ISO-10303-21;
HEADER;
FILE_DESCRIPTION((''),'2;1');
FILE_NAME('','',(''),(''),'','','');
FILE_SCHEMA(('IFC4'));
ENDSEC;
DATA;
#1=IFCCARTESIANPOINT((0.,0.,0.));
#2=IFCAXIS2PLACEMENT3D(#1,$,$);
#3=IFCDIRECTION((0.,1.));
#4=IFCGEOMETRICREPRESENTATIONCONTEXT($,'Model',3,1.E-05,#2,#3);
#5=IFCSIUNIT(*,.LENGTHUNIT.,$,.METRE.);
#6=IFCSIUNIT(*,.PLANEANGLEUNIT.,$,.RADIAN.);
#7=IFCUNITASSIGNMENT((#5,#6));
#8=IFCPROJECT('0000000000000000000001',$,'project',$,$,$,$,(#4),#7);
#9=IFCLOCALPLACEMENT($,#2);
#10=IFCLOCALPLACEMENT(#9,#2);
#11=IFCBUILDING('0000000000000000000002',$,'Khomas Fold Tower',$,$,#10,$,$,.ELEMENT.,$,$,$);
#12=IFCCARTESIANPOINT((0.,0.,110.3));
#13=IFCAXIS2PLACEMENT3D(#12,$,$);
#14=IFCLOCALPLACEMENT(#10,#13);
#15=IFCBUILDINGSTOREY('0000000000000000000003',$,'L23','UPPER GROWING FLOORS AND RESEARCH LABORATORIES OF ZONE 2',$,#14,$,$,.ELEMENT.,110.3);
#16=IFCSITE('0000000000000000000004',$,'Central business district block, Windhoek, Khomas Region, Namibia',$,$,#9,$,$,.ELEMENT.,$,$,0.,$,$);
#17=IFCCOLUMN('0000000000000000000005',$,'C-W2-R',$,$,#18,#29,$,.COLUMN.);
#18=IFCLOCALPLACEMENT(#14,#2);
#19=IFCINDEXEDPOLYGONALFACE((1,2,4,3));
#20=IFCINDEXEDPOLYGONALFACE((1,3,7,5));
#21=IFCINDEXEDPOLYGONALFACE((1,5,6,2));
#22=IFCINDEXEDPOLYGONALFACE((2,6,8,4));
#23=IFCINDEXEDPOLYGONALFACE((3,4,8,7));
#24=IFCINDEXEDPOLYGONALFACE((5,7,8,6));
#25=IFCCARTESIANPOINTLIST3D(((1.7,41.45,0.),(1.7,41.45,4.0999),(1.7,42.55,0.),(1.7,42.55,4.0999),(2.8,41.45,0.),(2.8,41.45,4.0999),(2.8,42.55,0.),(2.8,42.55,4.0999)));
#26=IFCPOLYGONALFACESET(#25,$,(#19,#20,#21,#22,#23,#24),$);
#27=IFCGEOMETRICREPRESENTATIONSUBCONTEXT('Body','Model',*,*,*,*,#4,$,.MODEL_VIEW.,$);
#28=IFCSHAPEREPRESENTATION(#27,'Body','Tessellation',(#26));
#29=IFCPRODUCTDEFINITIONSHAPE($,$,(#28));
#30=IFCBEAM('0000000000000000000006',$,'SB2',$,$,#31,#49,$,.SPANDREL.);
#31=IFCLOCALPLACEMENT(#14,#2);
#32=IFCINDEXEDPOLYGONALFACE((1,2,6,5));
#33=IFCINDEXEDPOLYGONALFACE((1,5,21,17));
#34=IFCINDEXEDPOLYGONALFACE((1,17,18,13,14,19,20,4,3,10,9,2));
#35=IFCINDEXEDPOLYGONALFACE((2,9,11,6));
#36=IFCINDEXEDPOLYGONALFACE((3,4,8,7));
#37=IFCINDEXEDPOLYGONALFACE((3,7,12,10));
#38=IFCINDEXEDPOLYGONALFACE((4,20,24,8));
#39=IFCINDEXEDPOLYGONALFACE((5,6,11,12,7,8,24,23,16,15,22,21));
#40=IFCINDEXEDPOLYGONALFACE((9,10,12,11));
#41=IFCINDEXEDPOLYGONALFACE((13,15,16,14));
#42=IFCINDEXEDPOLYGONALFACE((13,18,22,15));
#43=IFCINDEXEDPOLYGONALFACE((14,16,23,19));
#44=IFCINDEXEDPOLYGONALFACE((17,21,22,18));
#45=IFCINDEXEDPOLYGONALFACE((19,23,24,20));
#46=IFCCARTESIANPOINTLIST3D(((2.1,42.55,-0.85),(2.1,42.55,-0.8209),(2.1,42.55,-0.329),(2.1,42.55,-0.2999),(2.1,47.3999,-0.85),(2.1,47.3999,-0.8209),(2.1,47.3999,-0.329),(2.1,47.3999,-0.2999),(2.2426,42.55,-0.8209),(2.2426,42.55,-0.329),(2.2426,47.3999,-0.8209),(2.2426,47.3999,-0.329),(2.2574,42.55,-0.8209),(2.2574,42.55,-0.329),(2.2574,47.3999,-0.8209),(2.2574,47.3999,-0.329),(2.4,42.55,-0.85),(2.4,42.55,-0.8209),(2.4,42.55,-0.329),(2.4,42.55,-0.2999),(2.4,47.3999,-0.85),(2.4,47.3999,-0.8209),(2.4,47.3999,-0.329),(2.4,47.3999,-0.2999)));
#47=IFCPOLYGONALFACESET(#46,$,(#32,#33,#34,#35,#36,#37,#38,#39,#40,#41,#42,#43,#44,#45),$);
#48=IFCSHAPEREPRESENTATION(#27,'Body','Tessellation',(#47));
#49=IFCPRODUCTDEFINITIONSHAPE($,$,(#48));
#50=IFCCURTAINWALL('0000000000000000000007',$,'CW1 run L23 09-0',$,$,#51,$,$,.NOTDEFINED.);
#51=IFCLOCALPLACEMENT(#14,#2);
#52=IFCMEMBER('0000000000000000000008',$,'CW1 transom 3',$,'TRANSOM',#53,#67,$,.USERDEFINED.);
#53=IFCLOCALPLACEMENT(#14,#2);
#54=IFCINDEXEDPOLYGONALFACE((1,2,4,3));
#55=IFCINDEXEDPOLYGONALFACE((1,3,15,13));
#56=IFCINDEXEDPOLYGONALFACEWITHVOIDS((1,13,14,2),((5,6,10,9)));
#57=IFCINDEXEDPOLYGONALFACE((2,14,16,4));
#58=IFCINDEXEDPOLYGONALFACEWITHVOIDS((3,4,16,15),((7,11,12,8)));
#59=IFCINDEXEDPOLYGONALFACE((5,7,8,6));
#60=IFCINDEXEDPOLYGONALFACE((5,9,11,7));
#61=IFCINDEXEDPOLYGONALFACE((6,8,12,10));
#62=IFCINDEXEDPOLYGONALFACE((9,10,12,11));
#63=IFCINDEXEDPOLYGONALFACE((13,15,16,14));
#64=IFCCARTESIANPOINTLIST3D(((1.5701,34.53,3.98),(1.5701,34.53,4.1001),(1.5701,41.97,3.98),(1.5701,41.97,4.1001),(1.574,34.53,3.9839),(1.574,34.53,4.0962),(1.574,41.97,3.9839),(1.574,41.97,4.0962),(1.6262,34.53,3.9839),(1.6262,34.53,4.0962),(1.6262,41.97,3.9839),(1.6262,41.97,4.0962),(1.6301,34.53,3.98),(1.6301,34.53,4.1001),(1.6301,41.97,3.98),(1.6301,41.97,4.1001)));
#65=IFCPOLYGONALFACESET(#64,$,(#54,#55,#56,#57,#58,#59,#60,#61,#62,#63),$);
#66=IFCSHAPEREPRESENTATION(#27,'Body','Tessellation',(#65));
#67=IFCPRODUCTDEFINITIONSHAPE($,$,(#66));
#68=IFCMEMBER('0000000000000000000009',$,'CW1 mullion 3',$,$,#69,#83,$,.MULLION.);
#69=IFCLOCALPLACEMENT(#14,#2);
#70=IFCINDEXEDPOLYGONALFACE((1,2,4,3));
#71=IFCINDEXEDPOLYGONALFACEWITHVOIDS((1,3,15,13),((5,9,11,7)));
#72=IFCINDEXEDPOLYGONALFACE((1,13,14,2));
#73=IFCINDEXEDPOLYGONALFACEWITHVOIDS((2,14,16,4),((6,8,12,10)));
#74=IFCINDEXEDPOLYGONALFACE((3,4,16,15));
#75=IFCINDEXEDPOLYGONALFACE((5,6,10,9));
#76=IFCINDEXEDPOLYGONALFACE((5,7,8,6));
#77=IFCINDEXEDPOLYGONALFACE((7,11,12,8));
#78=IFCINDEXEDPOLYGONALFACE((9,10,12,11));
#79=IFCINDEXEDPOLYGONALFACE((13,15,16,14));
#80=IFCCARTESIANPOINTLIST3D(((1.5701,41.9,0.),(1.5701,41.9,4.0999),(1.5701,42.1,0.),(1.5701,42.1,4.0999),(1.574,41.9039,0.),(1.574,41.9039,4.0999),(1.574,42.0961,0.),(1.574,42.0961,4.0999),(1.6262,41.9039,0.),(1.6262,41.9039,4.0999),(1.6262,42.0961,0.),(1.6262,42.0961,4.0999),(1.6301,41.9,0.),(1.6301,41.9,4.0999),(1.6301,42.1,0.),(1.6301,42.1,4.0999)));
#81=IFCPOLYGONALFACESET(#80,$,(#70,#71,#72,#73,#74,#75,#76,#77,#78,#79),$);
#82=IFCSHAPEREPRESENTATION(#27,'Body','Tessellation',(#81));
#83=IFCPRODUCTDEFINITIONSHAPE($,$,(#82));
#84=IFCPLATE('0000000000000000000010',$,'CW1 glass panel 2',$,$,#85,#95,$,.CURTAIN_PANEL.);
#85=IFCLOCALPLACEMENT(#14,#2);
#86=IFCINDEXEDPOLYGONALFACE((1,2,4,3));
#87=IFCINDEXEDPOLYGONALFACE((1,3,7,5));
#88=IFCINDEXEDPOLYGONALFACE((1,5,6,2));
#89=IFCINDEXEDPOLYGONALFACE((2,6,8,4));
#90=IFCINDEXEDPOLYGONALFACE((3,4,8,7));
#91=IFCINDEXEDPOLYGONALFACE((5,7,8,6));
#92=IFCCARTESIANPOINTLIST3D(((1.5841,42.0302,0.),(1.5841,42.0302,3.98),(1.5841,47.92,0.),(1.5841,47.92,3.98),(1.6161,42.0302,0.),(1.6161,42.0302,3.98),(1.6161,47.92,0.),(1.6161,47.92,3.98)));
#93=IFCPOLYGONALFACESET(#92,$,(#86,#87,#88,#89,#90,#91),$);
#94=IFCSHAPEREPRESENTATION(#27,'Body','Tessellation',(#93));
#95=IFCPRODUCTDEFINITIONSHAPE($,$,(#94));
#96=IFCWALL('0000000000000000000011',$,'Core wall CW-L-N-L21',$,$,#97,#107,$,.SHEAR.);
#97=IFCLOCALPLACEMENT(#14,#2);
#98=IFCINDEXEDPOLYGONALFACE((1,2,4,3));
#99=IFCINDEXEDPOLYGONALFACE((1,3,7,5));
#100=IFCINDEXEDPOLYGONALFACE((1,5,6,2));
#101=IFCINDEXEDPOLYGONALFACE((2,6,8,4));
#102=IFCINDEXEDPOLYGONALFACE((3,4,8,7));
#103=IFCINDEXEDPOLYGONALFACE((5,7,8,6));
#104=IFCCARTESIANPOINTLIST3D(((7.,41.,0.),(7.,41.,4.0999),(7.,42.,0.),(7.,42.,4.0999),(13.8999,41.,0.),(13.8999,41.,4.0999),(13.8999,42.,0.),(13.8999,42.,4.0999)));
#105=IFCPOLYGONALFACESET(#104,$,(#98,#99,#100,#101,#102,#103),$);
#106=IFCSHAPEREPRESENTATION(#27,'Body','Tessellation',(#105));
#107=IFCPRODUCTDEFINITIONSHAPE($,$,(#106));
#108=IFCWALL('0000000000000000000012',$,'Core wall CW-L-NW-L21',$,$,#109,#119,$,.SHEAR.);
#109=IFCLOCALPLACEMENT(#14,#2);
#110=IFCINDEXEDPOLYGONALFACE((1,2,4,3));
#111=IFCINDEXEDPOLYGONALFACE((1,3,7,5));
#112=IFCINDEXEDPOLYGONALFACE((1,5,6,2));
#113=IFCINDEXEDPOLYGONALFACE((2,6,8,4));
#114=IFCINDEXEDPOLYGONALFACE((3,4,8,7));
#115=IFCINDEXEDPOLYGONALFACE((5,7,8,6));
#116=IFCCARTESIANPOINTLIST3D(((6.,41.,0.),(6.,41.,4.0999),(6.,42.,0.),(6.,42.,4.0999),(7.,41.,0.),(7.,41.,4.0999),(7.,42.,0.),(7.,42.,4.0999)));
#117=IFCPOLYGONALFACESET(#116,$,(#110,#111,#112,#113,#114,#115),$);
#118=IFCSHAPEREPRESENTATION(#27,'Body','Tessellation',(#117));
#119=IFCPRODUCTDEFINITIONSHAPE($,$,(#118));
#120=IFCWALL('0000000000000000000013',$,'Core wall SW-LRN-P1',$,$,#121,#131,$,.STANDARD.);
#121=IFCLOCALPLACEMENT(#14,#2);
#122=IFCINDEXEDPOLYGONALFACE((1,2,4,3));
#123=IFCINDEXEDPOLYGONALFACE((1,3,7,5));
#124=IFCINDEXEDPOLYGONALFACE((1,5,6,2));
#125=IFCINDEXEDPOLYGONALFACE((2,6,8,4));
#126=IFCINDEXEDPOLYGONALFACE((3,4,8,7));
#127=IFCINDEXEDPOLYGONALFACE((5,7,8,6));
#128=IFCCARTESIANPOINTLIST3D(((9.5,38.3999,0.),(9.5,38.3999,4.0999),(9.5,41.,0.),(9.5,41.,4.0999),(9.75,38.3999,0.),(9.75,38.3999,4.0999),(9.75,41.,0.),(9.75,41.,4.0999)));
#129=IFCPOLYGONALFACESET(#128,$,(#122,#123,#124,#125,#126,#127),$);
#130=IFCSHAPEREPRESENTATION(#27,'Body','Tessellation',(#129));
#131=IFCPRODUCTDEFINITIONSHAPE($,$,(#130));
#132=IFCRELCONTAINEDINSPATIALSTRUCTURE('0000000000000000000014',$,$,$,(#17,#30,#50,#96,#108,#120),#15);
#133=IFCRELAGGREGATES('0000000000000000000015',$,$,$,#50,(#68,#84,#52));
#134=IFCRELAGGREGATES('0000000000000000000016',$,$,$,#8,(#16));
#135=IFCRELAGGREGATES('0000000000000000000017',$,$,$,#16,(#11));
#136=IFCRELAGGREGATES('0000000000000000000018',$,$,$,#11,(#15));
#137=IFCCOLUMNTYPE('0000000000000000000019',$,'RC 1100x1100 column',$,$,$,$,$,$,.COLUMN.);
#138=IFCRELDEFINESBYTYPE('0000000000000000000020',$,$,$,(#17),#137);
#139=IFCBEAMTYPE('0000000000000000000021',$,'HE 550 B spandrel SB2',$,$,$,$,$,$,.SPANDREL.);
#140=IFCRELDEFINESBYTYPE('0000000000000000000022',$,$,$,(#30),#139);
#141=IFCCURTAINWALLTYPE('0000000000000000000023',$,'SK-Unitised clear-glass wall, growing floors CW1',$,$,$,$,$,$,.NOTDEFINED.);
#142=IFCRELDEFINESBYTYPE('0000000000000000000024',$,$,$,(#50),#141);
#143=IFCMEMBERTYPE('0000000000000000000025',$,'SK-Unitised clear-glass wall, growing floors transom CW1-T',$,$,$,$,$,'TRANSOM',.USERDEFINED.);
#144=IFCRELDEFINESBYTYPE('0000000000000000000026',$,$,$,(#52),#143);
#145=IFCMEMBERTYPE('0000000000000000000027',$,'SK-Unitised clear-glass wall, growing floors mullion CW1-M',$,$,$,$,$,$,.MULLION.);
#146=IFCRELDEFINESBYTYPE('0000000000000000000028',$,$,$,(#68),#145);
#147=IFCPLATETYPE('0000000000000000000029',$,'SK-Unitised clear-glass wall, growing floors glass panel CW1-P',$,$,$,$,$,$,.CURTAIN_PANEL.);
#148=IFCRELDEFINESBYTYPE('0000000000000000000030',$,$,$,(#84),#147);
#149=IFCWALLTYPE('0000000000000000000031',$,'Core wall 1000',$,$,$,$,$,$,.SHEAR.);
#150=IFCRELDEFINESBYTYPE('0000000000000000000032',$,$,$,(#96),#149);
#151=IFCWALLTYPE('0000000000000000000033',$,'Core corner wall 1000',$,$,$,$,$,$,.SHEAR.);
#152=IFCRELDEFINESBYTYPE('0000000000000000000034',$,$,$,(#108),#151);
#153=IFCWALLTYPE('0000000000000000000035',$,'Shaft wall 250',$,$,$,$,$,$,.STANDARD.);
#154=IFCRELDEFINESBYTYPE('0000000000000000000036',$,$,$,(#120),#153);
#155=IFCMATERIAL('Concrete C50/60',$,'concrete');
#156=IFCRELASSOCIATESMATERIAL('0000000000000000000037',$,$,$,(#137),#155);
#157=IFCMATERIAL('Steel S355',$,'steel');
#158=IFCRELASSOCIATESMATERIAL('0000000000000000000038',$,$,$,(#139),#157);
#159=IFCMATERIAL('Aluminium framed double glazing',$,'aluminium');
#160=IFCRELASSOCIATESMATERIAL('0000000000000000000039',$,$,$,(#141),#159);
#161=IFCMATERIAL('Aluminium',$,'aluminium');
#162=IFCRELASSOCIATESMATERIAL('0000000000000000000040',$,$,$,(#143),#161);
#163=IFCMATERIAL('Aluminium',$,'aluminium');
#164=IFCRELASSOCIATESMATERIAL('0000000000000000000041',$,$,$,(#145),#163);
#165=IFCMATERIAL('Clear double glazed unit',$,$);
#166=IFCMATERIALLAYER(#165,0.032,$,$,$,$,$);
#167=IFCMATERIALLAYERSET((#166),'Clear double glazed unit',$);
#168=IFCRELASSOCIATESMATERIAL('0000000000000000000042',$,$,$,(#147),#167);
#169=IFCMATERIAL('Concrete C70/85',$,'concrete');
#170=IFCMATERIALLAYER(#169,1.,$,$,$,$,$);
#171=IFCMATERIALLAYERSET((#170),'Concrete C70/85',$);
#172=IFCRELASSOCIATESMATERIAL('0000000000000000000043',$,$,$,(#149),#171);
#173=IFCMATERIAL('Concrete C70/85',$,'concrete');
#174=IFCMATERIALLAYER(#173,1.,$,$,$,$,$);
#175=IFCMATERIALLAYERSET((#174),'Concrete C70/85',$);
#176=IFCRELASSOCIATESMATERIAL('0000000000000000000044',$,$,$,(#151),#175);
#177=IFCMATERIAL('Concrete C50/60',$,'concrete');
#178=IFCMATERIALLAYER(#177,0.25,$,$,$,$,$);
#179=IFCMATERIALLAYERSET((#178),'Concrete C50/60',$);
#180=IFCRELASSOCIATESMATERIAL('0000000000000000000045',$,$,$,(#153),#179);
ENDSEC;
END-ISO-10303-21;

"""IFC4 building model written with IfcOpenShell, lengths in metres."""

from ifc_helpers import new_model, si_unit, direction, frame, frame_2d, origin, origin_2d, place, context, subcontext, project, spatial, rectangle, hollow_rectangle, i_section, extrude, source, transform, mapped, material, layer, layer_set, material_profile, profile_set, type_object, element, aggregate, save


model = new_model("IFC4")

# Units and contexts
model_context = context("Model", 3, precision=1e-05, world=origin(), true_north=direction((0.0, 1.0)))
body_context = subcontext(model_context, "Body", "Model", "MODEL_VIEW")
ifc_project = project(units=[si_unit("LENGTHUNIT", "METRE"), si_unit("PLANEANGLEUNIT", "RADIAN")], contexts=[model_context])

# Site, building, storey
site_placement = place(None, origin())
site = spatial("IfcSite", under=ifc_project, at=site_placement, Name="Central business district block, Windhoek, Khomas Region, Namibia", CompositionType="ELEMENT", RefElevation=0.0)
building_placement = place(site_placement, origin())
building = spatial("IfcBuilding", under=site, at=building_placement, Name="Khomas Fold Tower", CompositionType="ELEMENT")
storey_placement = place(building_placement, frame((0.0, 0.0, 110.3)))
storey = spatial("IfcBuildingStorey", under=building, at=storey_placement, Name="L23", Description="UPPER GROWING FLOORS AND RESEARCH LABORATORIES OF ZONE 2", CompositionType="ELEMENT", Elevation=110.3)

# Column
ifc_material_1 = material(Name="Concrete C50/60", Category="concrete")
ifc_material_profile_1 = material_profile(ifc_material_1, rectangle(XDim=1.1001, YDim=1.1001, at=origin_2d()), Name="RC 1100x1100")
ifc_profile_set_1 = profile_set([ifc_material_profile_1], Name="Concrete C50/60")
column_type = type_object("IfcColumnType", Name="RC 1100x1100 column", PredefinedType="COLUMN", material=ifc_profile_set_1)
shared_shape_1 = source(origin(), body_context, "Body", "SweptSolid", [
    extrude(rectangle(XDim=1.1001, YDim=1.1001, at=origin_2d()), origin(), (0.0, 0.0, 1.0), 4.0999),
])
column_placement = place(storey_placement, frame((2.25, 42.0, 0.0), z_axis=(0.0, 0.0, 1.0), x_axis=(1.0, 0.0, 0.0)))
element("IfcColumn", 1, at=column_placement, inside=storey, type_object=column_type, Name="C-W2-R", PredefinedType="COLUMN", context=body_context, shape_type="MappedRepresentation", body=[
    mapped(shared_shape_1, transform((0.0, 0.0, 0.0))),
])

# Beam
ifc_material_2 = material(Name="Steel S355", Category="steel")
ifc_material_profile_2 = material_profile(ifc_material_2, i_section(OverallWidth=0.3, OverallDepth=0.55, WebThickness=0.0149, FlangeThickness=0.0291, at=origin_2d()), Name="HE 550 B")
ifc_profile_set_2 = profile_set([ifc_material_profile_2], Name="Steel S355")
beam_type = type_object("IfcBeamType", Name="HE 550 B spandrel SB2", PredefinedType="SPANDREL", material=ifc_profile_set_2)
shared_shape_2 = source(origin(), body_context, "Body", "SweptSolid", [
    extrude(i_section(OverallWidth=0.3, OverallDepth=0.55, WebThickness=0.0149, FlangeThickness=0.0291, at=origin_2d()), origin(), (0.0, 0.0, 1.0), 4.8499),
])
beam_placement = place(storey_placement, frame((2.25, 42.55, -0.575), z_axis=(0.0, 1.0, 0.0), x_axis=(-1.0, 0.0, 0.0)))
element("IfcBeam", 2, at=beam_placement, inside=storey, type_object=beam_type, Name="SB2", PredefinedType="SPANDREL", context=body_context, shape_type="MappedRepresentation", body=[
    mapped(shared_shape_2, transform((0.0, 0.0, 0.0))),
])

# Curtain wall, members, plate
ifc_material_3 = material(Name="Aluminium framed double glazing", Category="aluminium")
curtain_wall_type = type_object("IfcCurtainWallType", Name="SK-Unitised clear-glass wall, growing floors CW1", PredefinedType="NOTDEFINED", material=ifc_material_3)
curtain_wall_placement = place(storey_placement, origin())
curtain_wall = element("IfcCurtainWall", 3, at=curtain_wall_placement, inside=storey, type_object=curtain_wall_type, Name="CW1 run L23 09-0", PredefinedType="NOTDEFINED")
ifc_material_4 = material(Name="Aluminium", Category="aluminium")
ifc_material_profile_3 = material_profile(ifc_material_4, hollow_rectangle(XDim=0.0601, YDim=0.1201, WallThickness=0.0039, at=origin_2d()), Name="SK-Unitised clear-glass wall, growing floors transom CW1-T")
ifc_profile_set_3 = profile_set([ifc_material_profile_3], Name="Aluminium")
member_type_1 = type_object("IfcMemberType", Name="SK-Unitised clear-glass wall, growing floors transom CW1-T", ElementType="TRANSOM", PredefinedType="USERDEFINED", material=ifc_profile_set_3)
shared_shape_3 = source(origin(), body_context, "Body", "SweptSolid", [
    extrude(hollow_rectangle(XDim=0.0601, YDim=0.1201, WallThickness=0.0039, at=origin_2d()), origin(), (0.0, 0.0, 1.0), 7.4399),
])
member_1_placement = place(storey_placement, frame((1.6001, 41.97, 4.04), z_axis=(0.0, -1.0, 0.0), x_axis=(1.0, 0.0, 0.0)))
member_1 = element("IfcMember", 4, at=member_1_placement, type_object=member_type_1, Name="CW1 transom 3", ObjectType="TRANSOM", PredefinedType="USERDEFINED", context=body_context, shape_type="MappedRepresentation", body=[
    mapped(shared_shape_3, transform((0.0, 0.0, 0.0))),
])
ifc_material_5 = material(Name="Aluminium", Category="aluminium")
ifc_material_profile_4 = material_profile(ifc_material_5, hollow_rectangle(XDim=0.0601, YDim=0.2, WallThickness=0.0039, at=origin_2d()), Name="SK-Unitised clear-glass wall, growing floors mullion CW1-M")
ifc_profile_set_4 = profile_set([ifc_material_profile_4], Name="Aluminium")
member_type_2 = type_object("IfcMemberType", Name="SK-Unitised clear-glass wall, growing floors mullion CW1-M", PredefinedType="MULLION", material=ifc_profile_set_4)
shared_shape_4 = source(origin(), body_context, "Body", "SweptSolid", [
    extrude(hollow_rectangle(XDim=0.0601, YDim=0.2, WallThickness=0.0039, at=origin_2d()), origin(), (0.0, 0.0, 1.0), 4.0999),
])
member_2_placement = place(storey_placement, frame((1.6001, 42.0, 0.0), z_axis=(0.0, 0.0, 1.0), x_axis=(1.0, 0.0, 0.0)))
member_2 = element("IfcMember", 5, at=member_2_placement, type_object=member_type_2, Name="CW1 mullion 3", PredefinedType="MULLION", context=body_context, shape_type="MappedRepresentation", body=[
    mapped(shared_shape_4, transform((0.0, 0.0, 0.0))),
])
ifc_material_6 = material(Name="Clear double glazed unit")
ifc_layer_1 = layer(ifc_material_6, 0.032)
ifc_layer_set_1 = layer_set([ifc_layer_1], Name="Clear double glazed unit")
plate_type = type_object("IfcPlateType", Name="SK-Unitised clear-glass wall, growing floors glass panel CW1-P", PredefinedType="CURTAIN_PANEL", material=ifc_layer_set_1)
shared_shape_5 = source(origin(), body_context, "Body", "SweptSolid", [
    extrude(rectangle(XDim=5.8899, YDim=0.032, at=origin_2d()), origin(), (0.0, 0.0, 1.0), 3.98),
])
plate_placement = place(storey_placement, frame((1.6001, 44.9751, 0.0), z_axis=(0.0, 0.0, 1.0), x_axis=(0.0, -1.0, 0.0)))
plate = element("IfcPlate", 6, at=plate_placement, type_object=plate_type, Name="CW1 glass panel 2", PredefinedType="CURTAIN_PANEL", context=body_context, shape_type="MappedRepresentation", body=[
    mapped(shared_shape_5, transform((0.0, 0.0, 0.0))),
])
aggregate(curtain_wall, [member_2, plate, member_1])

# Walls
ifc_material_7 = material(Name="Concrete C70/85", Category="concrete")
ifc_layer_2 = layer(ifc_material_7, 1.0)
ifc_layer_set_2 = layer_set([ifc_layer_2], Name="Concrete C70/85")
wall_type_1 = type_object("IfcWallType", Name="Core wall 1000", PredefinedType="SHEAR", material=ifc_layer_set_2)
shared_shape_6 = source(origin(), body_context, "Body", "SweptSolid", [
    extrude(rectangle(XDim=6.8999, YDim=1.0, at=frame_2d((3.45, 0.0))), origin(), (0.0, 0.0, 1.0), 4.0999),
])
wall_1_placement = place(storey_placement, frame((7.0, 41.5, 0.0), z_axis=(0.0, 0.0, 1.0), x_axis=(1.0, 0.0, 0.0)))
element("IfcWall", 7, at=wall_1_placement, inside=storey, type_object=wall_type_1, Name="Core wall CW-L-N-L21", PredefinedType="SHEAR", context=body_context, shape_type="MappedRepresentation", body=[
    mapped(shared_shape_6, transform((0.0, 0.0, 0.0))),
])
ifc_material_8 = material(Name="Concrete C70/85", Category="concrete")
ifc_layer_3 = layer(ifc_material_8, 1.0)
ifc_layer_set_3 = layer_set([ifc_layer_3], Name="Concrete C70/85")
wall_type_2 = type_object("IfcWallType", Name="Core corner wall 1000", PredefinedType="SHEAR", material=ifc_layer_set_3)
shared_shape_7 = source(origin(), body_context, "Body", "SweptSolid", [
    extrude(rectangle(XDim=1.0, YDim=1.0, at=frame_2d((0.5, 0.0))), origin(), (0.0, 0.0, 1.0), 4.0999),
])
wall_2_placement = place(storey_placement, frame((6.0, 41.5, 0.0), z_axis=(0.0, 0.0, 1.0), x_axis=(1.0, 0.0, 0.0)))
element("IfcWall", 8, at=wall_2_placement, inside=storey, type_object=wall_type_2, Name="Core wall CW-L-NW-L21", PredefinedType="SHEAR", context=body_context, shape_type="MappedRepresentation", body=[
    mapped(shared_shape_7, transform((0.0, 0.0, 0.0))),
])
ifc_material_9 = material(Name="Concrete C50/60", Category="concrete")
ifc_layer_4 = layer(ifc_material_9, 0.25)
ifc_layer_set_4 = layer_set([ifc_layer_4], Name="Concrete C50/60")
wall_type_3 = type_object("IfcWallType", Name="Shaft wall 250", PredefinedType="STANDARD", material=ifc_layer_set_4)
shared_shape_8 = source(origin(), body_context, "Body", "SweptSolid", [
    extrude(rectangle(XDim=2.6001, YDim=0.25, at=frame_2d((1.3, 0.0))), origin(), (0.0, 0.0, 1.0), 4.0999),
])
wall_3_placement = place(storey_placement, frame((9.625, 38.3999, 0.0), z_axis=(0.0, 0.0, 1.0), x_axis=(0.0, 1.0, 0.0)))
element("IfcWall", 9, at=wall_3_placement, inside=storey, type_object=wall_type_3, Name="Core wall SW-LRN-P1", PredefinedType="STANDARD", context=body_context, shape_type="MappedRepresentation", body=[
    mapped(shared_shape_8, transform((0.0, 0.0, 0.0))),
])

save(model, "model.ifc")
